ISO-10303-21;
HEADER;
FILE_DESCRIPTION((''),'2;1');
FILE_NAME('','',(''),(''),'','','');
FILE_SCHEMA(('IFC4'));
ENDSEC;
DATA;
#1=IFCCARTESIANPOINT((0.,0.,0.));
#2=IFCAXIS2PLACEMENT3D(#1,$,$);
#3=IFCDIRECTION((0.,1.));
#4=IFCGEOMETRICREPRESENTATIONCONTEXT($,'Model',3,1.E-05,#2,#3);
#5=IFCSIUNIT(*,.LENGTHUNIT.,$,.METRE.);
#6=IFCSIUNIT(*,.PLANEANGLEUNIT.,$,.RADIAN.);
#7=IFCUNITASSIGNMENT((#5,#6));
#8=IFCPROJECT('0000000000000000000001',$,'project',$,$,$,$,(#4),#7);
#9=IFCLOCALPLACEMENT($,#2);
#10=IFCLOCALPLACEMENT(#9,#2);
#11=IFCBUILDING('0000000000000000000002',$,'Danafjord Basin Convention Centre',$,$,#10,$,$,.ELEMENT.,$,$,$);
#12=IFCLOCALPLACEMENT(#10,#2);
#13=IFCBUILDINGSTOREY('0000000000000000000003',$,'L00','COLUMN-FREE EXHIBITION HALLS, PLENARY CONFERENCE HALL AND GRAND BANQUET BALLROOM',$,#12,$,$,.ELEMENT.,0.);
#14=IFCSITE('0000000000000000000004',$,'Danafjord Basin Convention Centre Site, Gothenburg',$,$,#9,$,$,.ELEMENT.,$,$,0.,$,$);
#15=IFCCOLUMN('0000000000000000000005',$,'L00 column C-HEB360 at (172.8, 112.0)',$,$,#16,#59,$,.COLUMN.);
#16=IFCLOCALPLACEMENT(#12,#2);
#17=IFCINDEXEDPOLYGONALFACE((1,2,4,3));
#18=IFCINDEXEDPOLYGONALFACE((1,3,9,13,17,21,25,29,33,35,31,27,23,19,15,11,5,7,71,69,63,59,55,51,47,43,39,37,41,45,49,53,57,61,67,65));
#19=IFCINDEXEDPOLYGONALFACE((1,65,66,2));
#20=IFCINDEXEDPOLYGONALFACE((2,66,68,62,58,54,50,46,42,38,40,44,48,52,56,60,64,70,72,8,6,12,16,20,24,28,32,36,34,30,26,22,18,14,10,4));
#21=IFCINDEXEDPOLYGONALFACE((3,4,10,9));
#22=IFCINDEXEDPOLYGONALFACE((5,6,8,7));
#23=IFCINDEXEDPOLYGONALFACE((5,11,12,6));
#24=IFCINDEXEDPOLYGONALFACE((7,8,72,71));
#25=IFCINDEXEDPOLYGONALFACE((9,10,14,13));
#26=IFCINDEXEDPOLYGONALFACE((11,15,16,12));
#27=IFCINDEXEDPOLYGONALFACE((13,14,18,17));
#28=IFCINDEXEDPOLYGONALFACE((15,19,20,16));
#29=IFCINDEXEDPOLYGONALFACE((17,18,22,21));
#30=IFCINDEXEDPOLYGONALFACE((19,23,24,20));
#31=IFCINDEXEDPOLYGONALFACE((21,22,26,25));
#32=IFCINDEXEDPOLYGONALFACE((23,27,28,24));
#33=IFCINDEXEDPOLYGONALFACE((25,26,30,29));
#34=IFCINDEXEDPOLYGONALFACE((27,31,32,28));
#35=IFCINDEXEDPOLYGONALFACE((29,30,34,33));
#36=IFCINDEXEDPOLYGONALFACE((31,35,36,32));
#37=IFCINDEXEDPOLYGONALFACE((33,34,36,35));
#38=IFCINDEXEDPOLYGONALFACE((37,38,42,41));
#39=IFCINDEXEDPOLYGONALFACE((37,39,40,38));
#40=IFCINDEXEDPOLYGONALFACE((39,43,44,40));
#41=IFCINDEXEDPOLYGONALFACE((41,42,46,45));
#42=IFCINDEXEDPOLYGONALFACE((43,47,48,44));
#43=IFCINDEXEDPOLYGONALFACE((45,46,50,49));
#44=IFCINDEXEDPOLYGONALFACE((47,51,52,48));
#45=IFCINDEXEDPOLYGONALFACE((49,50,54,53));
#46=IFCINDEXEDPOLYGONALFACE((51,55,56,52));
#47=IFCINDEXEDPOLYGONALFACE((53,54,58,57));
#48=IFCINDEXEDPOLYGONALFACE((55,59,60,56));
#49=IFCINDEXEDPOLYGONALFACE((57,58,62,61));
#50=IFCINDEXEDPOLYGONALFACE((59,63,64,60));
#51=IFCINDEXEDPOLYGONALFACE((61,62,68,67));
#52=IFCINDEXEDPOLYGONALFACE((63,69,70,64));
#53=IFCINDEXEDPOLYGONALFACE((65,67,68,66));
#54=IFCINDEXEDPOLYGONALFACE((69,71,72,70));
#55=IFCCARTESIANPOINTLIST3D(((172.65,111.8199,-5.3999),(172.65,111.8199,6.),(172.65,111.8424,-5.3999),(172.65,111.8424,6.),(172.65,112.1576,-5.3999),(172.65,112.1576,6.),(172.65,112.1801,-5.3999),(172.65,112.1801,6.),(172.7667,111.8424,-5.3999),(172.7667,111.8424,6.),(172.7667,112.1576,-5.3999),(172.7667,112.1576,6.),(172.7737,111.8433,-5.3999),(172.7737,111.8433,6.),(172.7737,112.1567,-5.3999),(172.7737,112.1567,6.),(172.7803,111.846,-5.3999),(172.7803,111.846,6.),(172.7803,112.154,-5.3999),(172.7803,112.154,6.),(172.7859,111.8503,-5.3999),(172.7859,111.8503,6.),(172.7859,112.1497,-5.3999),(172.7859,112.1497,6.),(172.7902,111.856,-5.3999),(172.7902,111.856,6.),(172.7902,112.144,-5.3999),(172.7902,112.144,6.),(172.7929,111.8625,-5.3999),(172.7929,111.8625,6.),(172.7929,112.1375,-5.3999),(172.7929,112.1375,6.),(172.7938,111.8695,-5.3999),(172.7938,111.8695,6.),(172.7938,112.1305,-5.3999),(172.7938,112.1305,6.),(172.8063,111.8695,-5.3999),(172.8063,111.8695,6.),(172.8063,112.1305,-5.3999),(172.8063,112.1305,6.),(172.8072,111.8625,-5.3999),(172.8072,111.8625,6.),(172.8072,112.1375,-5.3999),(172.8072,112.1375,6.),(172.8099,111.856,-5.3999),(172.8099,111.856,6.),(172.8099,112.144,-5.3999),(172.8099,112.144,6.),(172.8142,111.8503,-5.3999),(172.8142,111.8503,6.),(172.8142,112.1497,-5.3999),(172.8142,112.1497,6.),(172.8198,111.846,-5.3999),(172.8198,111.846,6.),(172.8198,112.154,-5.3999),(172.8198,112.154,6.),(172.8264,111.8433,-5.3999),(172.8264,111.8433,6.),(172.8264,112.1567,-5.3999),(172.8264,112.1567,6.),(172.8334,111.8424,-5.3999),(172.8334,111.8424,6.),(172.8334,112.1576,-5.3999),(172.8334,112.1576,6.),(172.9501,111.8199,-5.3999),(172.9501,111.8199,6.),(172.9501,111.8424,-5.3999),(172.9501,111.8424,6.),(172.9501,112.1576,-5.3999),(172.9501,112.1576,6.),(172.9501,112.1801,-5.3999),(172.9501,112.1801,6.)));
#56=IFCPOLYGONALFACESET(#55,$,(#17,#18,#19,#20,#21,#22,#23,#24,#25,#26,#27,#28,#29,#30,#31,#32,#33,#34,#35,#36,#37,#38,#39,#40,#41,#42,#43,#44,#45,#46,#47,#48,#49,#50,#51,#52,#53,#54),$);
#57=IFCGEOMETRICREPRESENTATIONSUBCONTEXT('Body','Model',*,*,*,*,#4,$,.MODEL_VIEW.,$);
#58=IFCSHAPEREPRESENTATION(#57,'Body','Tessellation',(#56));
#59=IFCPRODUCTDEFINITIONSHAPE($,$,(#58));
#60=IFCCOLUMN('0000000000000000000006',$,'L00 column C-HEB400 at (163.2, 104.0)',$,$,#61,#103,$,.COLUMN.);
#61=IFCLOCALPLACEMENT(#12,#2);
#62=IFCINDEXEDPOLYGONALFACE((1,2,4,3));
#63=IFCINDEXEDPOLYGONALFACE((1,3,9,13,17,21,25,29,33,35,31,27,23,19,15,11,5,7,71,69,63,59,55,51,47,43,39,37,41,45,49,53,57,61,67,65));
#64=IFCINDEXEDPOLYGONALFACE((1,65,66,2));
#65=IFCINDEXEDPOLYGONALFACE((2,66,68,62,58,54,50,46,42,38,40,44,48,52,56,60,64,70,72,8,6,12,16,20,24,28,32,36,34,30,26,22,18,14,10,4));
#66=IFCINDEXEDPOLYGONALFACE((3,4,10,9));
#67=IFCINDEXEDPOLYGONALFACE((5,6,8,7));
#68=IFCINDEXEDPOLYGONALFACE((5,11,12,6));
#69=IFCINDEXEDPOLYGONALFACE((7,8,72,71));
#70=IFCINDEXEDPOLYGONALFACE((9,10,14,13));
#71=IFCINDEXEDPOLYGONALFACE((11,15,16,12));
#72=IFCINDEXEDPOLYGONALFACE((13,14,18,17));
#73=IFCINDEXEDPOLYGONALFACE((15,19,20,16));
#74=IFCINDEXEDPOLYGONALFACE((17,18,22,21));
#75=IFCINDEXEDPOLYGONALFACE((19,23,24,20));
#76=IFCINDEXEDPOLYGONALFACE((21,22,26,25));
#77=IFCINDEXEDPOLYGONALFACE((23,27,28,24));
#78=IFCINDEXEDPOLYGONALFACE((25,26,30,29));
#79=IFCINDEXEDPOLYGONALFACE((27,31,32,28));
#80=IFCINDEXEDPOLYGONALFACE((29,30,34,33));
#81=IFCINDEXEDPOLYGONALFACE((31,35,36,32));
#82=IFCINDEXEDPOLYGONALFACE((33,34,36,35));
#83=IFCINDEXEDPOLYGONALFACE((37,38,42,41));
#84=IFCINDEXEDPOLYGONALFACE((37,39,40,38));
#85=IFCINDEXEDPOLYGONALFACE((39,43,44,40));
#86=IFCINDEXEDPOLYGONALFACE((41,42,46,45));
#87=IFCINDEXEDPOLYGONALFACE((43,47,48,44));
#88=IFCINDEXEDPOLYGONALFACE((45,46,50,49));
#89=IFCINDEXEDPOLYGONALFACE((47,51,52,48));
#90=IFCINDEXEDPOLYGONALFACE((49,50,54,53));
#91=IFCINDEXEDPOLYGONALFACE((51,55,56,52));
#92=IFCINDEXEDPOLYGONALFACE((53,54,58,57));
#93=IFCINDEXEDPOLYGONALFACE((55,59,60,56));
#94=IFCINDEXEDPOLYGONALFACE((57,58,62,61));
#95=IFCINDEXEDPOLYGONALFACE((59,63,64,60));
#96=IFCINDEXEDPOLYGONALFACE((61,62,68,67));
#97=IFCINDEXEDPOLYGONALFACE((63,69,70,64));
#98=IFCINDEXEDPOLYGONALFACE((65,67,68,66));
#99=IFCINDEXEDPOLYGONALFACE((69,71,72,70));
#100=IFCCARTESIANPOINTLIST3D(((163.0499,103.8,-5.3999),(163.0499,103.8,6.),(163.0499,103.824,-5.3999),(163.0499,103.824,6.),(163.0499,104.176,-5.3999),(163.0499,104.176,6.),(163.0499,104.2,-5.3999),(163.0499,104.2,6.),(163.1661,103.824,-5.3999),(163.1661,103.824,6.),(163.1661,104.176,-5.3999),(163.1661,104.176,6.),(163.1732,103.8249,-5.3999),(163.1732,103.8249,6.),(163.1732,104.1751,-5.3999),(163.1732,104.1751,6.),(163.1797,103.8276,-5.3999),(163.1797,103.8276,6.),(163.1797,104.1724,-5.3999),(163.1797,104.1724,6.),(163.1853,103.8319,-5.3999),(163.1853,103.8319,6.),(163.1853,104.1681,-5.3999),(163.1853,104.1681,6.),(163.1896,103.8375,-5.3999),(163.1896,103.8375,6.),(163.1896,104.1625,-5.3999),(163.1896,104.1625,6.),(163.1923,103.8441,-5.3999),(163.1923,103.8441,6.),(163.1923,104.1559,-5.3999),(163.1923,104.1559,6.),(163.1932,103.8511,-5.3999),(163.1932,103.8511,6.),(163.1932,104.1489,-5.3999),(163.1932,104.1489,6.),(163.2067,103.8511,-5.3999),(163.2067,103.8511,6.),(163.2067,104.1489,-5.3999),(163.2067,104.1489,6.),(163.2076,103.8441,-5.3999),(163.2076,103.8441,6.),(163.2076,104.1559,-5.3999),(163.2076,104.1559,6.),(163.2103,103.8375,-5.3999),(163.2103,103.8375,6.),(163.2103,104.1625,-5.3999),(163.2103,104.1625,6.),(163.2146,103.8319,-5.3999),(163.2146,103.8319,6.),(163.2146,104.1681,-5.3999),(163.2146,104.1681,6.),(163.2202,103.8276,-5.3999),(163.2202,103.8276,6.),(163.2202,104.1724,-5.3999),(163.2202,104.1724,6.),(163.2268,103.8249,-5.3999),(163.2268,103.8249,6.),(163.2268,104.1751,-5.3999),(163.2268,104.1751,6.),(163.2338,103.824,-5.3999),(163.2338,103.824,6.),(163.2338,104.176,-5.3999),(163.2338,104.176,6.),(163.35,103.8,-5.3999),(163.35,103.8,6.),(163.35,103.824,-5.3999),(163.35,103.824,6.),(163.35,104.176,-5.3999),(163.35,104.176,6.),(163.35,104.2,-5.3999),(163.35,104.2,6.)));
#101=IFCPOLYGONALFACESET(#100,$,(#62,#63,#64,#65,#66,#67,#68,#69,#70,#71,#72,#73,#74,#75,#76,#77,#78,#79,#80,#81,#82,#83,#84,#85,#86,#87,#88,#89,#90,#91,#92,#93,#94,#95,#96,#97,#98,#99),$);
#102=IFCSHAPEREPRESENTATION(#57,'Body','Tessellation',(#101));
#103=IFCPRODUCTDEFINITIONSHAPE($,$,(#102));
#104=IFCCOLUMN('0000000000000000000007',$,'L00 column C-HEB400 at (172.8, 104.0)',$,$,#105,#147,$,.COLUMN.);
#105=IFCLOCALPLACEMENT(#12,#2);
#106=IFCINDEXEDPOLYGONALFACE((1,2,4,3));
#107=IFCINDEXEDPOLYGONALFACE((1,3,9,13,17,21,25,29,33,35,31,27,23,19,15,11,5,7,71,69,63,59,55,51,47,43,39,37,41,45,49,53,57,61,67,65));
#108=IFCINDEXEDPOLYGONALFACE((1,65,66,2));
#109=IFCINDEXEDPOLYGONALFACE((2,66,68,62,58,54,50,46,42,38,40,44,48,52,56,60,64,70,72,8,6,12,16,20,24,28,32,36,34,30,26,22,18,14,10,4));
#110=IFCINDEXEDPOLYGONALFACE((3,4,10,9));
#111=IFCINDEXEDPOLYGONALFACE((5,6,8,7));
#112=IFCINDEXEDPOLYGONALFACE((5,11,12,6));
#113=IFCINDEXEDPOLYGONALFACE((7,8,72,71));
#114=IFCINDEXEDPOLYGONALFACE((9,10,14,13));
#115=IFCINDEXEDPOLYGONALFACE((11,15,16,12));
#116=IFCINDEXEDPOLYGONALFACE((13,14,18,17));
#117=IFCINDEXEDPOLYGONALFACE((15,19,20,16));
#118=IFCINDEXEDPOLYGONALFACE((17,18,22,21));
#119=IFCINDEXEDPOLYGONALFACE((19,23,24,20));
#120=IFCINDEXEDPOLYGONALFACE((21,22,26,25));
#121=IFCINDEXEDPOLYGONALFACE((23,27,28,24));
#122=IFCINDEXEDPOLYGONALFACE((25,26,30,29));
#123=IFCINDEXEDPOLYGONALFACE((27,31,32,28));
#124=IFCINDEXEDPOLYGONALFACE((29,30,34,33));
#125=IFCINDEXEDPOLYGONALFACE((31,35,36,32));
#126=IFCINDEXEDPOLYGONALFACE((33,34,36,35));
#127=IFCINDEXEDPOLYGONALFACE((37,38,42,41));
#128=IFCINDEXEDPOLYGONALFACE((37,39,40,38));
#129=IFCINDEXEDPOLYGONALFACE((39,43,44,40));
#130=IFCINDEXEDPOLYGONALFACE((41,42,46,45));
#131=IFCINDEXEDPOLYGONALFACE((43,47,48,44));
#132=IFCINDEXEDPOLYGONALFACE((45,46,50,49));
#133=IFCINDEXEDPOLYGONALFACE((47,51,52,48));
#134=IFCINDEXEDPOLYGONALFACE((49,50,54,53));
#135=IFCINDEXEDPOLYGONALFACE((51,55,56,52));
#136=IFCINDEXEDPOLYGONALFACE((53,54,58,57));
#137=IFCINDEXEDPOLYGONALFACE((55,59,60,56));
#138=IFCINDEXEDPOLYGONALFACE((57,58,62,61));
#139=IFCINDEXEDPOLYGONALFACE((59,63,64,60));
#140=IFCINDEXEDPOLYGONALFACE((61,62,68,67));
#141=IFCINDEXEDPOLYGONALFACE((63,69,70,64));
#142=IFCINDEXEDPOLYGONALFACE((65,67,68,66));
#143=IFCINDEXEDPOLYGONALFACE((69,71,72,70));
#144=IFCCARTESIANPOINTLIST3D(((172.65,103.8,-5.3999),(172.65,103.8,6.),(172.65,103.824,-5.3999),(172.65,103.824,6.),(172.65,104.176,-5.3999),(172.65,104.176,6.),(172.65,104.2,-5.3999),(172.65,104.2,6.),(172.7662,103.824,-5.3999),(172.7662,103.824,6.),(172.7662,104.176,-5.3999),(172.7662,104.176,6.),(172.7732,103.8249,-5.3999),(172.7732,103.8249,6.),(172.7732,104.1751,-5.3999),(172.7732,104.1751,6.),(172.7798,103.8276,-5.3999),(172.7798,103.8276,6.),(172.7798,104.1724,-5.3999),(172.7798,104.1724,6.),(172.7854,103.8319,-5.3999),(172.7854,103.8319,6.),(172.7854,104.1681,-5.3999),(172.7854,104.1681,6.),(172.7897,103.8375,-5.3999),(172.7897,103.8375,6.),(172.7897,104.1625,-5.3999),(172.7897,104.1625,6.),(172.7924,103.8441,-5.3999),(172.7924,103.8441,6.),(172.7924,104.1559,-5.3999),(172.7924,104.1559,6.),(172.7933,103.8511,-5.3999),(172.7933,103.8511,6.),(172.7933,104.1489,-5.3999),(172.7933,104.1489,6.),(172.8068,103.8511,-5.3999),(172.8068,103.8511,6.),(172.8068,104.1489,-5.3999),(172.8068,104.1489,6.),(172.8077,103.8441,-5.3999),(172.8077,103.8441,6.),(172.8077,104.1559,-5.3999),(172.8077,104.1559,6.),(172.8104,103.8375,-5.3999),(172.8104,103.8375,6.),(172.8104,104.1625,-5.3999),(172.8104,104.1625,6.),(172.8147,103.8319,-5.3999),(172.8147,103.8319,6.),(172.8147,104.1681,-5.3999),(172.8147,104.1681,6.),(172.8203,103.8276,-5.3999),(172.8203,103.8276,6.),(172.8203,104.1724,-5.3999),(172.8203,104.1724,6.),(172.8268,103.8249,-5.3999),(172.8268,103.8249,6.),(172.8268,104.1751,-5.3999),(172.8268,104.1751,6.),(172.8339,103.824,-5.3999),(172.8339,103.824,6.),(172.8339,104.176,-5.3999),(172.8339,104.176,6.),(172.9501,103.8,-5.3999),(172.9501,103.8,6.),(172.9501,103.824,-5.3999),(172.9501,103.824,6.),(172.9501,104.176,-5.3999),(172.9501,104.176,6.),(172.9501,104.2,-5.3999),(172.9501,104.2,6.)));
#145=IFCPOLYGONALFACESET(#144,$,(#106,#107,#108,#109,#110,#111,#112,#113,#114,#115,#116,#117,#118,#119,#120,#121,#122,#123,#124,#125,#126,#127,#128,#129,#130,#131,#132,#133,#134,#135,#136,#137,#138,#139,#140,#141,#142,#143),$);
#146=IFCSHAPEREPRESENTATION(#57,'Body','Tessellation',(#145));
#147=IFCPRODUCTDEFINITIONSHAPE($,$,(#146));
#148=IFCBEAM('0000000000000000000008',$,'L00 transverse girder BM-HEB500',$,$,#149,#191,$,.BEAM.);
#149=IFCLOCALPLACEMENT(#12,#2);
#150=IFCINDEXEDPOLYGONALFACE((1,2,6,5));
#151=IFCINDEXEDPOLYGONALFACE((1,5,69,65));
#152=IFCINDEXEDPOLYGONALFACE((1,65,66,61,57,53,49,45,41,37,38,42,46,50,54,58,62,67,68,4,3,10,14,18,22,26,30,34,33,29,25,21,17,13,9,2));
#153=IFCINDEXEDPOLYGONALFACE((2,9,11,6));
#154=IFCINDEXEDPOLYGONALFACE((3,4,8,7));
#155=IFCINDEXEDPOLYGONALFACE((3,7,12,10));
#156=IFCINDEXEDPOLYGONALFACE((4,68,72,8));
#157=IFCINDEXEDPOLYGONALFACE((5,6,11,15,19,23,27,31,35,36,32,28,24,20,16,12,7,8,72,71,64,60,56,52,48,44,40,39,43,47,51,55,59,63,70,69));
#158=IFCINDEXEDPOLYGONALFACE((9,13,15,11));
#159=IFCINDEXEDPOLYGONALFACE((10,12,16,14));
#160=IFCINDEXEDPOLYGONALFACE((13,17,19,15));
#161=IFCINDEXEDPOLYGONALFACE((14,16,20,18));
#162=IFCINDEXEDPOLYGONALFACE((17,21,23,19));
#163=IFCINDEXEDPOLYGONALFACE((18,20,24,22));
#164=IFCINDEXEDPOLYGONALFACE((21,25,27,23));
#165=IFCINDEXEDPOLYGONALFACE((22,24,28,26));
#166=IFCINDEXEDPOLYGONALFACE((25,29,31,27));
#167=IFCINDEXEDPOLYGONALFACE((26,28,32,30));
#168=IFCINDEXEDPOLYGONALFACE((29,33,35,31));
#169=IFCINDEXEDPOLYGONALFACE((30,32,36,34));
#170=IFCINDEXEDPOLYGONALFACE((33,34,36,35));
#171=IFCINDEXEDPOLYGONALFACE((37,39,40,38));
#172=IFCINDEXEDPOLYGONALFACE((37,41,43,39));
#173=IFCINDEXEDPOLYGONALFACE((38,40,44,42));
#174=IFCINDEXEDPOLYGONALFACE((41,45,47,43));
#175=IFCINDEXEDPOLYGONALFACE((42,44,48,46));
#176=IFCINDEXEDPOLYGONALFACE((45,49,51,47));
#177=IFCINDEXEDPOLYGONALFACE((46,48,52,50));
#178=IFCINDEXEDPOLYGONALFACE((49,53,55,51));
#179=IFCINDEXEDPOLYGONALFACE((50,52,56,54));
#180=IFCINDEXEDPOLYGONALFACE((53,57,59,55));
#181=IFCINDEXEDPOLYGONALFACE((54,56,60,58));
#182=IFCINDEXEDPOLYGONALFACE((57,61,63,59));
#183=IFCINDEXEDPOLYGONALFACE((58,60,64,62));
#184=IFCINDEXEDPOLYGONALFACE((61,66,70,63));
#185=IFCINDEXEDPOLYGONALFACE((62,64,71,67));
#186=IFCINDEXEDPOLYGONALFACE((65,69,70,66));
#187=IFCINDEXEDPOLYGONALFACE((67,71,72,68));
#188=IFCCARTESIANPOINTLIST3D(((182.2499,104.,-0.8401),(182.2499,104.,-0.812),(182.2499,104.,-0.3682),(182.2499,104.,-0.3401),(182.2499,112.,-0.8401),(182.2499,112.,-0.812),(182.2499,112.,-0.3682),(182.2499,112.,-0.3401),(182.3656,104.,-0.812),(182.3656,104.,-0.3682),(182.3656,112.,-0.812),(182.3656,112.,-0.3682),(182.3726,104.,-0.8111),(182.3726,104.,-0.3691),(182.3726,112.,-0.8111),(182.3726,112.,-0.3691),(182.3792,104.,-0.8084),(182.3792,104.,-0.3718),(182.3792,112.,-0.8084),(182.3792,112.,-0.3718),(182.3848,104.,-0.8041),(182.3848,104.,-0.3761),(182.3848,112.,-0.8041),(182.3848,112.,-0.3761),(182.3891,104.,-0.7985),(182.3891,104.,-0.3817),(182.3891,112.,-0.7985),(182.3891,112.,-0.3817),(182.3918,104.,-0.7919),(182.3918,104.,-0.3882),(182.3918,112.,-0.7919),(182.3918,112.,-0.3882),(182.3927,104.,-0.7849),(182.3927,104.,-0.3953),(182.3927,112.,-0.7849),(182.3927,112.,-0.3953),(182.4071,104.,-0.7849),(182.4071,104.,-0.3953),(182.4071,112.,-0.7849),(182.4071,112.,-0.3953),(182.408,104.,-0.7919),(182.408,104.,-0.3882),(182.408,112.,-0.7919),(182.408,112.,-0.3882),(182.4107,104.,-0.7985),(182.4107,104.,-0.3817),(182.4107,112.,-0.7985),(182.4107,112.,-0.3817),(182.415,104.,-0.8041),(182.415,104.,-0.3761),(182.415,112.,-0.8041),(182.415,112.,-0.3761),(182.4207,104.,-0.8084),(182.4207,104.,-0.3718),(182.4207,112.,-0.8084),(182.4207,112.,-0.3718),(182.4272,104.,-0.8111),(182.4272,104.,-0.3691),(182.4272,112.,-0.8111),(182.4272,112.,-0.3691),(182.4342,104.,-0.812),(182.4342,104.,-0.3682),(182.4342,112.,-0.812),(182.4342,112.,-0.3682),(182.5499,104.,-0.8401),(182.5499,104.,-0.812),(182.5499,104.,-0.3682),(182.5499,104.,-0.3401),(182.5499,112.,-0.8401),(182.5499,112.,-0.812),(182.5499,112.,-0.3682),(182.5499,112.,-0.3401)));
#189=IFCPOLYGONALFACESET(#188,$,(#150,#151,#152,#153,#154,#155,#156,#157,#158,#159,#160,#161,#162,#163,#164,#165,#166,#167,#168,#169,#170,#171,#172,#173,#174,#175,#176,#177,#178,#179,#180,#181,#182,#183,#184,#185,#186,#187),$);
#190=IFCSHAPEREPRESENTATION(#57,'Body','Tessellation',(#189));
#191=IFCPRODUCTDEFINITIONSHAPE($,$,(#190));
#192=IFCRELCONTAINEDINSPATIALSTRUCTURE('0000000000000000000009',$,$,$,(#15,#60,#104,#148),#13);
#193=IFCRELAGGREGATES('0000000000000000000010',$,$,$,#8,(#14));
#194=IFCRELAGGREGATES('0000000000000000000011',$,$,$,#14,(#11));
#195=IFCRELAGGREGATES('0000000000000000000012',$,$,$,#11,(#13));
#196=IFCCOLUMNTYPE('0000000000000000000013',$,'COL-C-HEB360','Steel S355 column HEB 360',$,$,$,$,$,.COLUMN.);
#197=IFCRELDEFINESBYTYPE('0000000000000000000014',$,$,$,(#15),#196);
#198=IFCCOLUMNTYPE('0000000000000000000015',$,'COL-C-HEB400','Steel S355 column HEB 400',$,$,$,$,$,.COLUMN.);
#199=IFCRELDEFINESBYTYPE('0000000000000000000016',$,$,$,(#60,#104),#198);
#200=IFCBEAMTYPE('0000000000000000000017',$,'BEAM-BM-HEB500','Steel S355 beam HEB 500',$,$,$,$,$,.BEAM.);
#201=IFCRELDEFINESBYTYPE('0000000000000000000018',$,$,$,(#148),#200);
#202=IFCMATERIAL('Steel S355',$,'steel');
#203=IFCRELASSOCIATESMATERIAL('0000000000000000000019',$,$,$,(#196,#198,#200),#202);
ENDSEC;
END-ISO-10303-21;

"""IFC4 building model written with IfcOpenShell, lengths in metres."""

from ifc_helpers import new_model, si_unit, direction, frame, origin, origin_2d, place, context, subcontext, project, spatial, i_section, extrude, material, material_profile, profile_set, type_object, element, save


model = new_model("IFC4")

# Units and contexts
model_context = context("Model", 3, precision=1e-05, world=origin(), true_north=direction((0.0, 1.0)))
body_context = subcontext(model_context, "Body", "Model", "MODEL_VIEW")
ifc_project = project(units=[si_unit("LENGTHUNIT", "METRE"), si_unit("PLANEANGLEUNIT", "RADIAN")], contexts=[model_context])

# Site, building, storey
site_placement = place(None, origin())
site = spatial("IfcSite", under=ifc_project, at=site_placement, Name="Danafjord Basin Convention Centre Site, Gothenburg", CompositionType="ELEMENT", RefElevation=0.0)
building_placement = place(site_placement, origin())
building = spatial("IfcBuilding", under=site, at=building_placement, Name="Danafjord Basin Convention Centre", CompositionType="ELEMENT")
storey_placement = place(building_placement, origin())
storey = spatial("IfcBuildingStorey", under=building, at=storey_placement, Name="L00", Description="COLUMN-FREE EXHIBITION HALLS, PLENARY CONFERENCE HALL AND GRAND BANQUET BALLROOM", CompositionType="ELEMENT", Elevation=0.0)

# Columns
ifc_material_1 = material(Name="Steel S355", Category="steel")
ifc_material_profile_1 = material_profile(ifc_material_1, i_section(OverallWidth=0.3, OverallDepth=0.3601, WebThickness=0.0125, FlangeThickness=0.0225, FilletRadius=0.0271, at=origin_2d()), Name="HEB 360")
ifc_profile_set_1 = profile_set([ifc_material_profile_1], Name="Steel S355")
column_type_1 = type_object("IfcColumnType", Name="COL-C-HEB360", Description="Steel S355 column HEB 360", PredefinedType="COLUMN", material=ifc_profile_set_1)
for number, where, z_axis, x_axis, name in (
    (1, (172.8, 112.0, -5.3999), (0.0, 0.0, 1.0), (1.0, 0.0, 0.0), "L00 column C-HEB360 at (172.8, 112.0)"),
):
    element("IfcColumn", number, at=place(storey_placement, frame(where, z_axis=z_axis, x_axis=x_axis)), inside=storey, type_object=column_type_1, Name=name, PredefinedType="COLUMN", context=body_context, shape_type="SweptSolid", body=[
        extrude(i_section(OverallWidth=0.3, OverallDepth=0.3601, WebThickness=0.0125, FlangeThickness=0.0225, FilletRadius=0.0271, at=origin_2d()), origin(), (0.0, 0.0, 1.0), 11.3999),
    ])
ifc_material_profile_2 = material_profile(ifc_material_1, i_section(OverallWidth=0.3, OverallDepth=0.3999, WebThickness=0.0134, FlangeThickness=0.0239, FilletRadius=0.0271, at=origin_2d()), Name="HEB 400")
ifc_profile_set_2 = profile_set([ifc_material_profile_2], Name="Steel S355")
column_type_2 = type_object("IfcColumnType", Name="COL-C-HEB400", Description="Steel S355 column HEB 400", PredefinedType="COLUMN", material=ifc_profile_set_2)
for number, where, z_axis, x_axis, name in (
    (2, (163.2, 104.0, -5.3999), (0.0, 0.0, 1.0), (1.0, 0.0, 0.0), "L00 column C-HEB400 at (163.2, 104.0)"),
    (3, (172.8, 104.0, -5.3999), (0.0, 0.0, 1.0), (1.0, 0.0, 0.0), "L00 column C-HEB400 at (172.8, 104.0)"),
):
    element("IfcColumn", number, at=place(storey_placement, frame(where, z_axis=z_axis, x_axis=x_axis)), inside=storey, type_object=column_type_2, Name=name, PredefinedType="COLUMN", context=body_context, shape_type="SweptSolid", body=[
        extrude(i_section(OverallWidth=0.3, OverallDepth=0.3999, WebThickness=0.0134, FlangeThickness=0.0239, FilletRadius=0.0271, at=origin_2d()), origin(), (0.0, 0.0, 1.0), 11.3999),
    ])

# Beam
ifc_material_profile_3 = material_profile(ifc_material_1, i_section(OverallWidth=0.3, OverallDepth=0.5, WebThickness=0.0144, FlangeThickness=0.0281, FilletRadius=0.0271, at=origin_2d()), Name="HEB 500")
ifc_profile_set_3 = profile_set([ifc_material_profile_3], Name="Steel S355")
beam_type_1 = type_object("IfcBeamType", Name="BEAM-BM-HEB500", Description="Steel S355 beam HEB 500", PredefinedType="BEAM", material=ifc_profile_set_3)
beam_1_placement = place(storey_placement, frame((182.3999, 104.0, -0.5901), z_axis=(0.0, 1.0, 0.0), x_axis=(-1.0, 0.0, 0.0)))
element("IfcBeam", 4, at=beam_1_placement, inside=storey, type_object=beam_type_1, Name="L00 transverse girder BM-HEB500", PredefinedType="BEAM", context=body_context, shape_type="SweptSolid", body=[
    extrude(i_section(OverallWidth=0.3, OverallDepth=0.5, WebThickness=0.0144, FlangeThickness=0.0281, FilletRadius=0.0271, at=origin_2d()), origin(), (0.0, 0.0, 1.0), 8.0),
])

save(model, "model.ifc")
